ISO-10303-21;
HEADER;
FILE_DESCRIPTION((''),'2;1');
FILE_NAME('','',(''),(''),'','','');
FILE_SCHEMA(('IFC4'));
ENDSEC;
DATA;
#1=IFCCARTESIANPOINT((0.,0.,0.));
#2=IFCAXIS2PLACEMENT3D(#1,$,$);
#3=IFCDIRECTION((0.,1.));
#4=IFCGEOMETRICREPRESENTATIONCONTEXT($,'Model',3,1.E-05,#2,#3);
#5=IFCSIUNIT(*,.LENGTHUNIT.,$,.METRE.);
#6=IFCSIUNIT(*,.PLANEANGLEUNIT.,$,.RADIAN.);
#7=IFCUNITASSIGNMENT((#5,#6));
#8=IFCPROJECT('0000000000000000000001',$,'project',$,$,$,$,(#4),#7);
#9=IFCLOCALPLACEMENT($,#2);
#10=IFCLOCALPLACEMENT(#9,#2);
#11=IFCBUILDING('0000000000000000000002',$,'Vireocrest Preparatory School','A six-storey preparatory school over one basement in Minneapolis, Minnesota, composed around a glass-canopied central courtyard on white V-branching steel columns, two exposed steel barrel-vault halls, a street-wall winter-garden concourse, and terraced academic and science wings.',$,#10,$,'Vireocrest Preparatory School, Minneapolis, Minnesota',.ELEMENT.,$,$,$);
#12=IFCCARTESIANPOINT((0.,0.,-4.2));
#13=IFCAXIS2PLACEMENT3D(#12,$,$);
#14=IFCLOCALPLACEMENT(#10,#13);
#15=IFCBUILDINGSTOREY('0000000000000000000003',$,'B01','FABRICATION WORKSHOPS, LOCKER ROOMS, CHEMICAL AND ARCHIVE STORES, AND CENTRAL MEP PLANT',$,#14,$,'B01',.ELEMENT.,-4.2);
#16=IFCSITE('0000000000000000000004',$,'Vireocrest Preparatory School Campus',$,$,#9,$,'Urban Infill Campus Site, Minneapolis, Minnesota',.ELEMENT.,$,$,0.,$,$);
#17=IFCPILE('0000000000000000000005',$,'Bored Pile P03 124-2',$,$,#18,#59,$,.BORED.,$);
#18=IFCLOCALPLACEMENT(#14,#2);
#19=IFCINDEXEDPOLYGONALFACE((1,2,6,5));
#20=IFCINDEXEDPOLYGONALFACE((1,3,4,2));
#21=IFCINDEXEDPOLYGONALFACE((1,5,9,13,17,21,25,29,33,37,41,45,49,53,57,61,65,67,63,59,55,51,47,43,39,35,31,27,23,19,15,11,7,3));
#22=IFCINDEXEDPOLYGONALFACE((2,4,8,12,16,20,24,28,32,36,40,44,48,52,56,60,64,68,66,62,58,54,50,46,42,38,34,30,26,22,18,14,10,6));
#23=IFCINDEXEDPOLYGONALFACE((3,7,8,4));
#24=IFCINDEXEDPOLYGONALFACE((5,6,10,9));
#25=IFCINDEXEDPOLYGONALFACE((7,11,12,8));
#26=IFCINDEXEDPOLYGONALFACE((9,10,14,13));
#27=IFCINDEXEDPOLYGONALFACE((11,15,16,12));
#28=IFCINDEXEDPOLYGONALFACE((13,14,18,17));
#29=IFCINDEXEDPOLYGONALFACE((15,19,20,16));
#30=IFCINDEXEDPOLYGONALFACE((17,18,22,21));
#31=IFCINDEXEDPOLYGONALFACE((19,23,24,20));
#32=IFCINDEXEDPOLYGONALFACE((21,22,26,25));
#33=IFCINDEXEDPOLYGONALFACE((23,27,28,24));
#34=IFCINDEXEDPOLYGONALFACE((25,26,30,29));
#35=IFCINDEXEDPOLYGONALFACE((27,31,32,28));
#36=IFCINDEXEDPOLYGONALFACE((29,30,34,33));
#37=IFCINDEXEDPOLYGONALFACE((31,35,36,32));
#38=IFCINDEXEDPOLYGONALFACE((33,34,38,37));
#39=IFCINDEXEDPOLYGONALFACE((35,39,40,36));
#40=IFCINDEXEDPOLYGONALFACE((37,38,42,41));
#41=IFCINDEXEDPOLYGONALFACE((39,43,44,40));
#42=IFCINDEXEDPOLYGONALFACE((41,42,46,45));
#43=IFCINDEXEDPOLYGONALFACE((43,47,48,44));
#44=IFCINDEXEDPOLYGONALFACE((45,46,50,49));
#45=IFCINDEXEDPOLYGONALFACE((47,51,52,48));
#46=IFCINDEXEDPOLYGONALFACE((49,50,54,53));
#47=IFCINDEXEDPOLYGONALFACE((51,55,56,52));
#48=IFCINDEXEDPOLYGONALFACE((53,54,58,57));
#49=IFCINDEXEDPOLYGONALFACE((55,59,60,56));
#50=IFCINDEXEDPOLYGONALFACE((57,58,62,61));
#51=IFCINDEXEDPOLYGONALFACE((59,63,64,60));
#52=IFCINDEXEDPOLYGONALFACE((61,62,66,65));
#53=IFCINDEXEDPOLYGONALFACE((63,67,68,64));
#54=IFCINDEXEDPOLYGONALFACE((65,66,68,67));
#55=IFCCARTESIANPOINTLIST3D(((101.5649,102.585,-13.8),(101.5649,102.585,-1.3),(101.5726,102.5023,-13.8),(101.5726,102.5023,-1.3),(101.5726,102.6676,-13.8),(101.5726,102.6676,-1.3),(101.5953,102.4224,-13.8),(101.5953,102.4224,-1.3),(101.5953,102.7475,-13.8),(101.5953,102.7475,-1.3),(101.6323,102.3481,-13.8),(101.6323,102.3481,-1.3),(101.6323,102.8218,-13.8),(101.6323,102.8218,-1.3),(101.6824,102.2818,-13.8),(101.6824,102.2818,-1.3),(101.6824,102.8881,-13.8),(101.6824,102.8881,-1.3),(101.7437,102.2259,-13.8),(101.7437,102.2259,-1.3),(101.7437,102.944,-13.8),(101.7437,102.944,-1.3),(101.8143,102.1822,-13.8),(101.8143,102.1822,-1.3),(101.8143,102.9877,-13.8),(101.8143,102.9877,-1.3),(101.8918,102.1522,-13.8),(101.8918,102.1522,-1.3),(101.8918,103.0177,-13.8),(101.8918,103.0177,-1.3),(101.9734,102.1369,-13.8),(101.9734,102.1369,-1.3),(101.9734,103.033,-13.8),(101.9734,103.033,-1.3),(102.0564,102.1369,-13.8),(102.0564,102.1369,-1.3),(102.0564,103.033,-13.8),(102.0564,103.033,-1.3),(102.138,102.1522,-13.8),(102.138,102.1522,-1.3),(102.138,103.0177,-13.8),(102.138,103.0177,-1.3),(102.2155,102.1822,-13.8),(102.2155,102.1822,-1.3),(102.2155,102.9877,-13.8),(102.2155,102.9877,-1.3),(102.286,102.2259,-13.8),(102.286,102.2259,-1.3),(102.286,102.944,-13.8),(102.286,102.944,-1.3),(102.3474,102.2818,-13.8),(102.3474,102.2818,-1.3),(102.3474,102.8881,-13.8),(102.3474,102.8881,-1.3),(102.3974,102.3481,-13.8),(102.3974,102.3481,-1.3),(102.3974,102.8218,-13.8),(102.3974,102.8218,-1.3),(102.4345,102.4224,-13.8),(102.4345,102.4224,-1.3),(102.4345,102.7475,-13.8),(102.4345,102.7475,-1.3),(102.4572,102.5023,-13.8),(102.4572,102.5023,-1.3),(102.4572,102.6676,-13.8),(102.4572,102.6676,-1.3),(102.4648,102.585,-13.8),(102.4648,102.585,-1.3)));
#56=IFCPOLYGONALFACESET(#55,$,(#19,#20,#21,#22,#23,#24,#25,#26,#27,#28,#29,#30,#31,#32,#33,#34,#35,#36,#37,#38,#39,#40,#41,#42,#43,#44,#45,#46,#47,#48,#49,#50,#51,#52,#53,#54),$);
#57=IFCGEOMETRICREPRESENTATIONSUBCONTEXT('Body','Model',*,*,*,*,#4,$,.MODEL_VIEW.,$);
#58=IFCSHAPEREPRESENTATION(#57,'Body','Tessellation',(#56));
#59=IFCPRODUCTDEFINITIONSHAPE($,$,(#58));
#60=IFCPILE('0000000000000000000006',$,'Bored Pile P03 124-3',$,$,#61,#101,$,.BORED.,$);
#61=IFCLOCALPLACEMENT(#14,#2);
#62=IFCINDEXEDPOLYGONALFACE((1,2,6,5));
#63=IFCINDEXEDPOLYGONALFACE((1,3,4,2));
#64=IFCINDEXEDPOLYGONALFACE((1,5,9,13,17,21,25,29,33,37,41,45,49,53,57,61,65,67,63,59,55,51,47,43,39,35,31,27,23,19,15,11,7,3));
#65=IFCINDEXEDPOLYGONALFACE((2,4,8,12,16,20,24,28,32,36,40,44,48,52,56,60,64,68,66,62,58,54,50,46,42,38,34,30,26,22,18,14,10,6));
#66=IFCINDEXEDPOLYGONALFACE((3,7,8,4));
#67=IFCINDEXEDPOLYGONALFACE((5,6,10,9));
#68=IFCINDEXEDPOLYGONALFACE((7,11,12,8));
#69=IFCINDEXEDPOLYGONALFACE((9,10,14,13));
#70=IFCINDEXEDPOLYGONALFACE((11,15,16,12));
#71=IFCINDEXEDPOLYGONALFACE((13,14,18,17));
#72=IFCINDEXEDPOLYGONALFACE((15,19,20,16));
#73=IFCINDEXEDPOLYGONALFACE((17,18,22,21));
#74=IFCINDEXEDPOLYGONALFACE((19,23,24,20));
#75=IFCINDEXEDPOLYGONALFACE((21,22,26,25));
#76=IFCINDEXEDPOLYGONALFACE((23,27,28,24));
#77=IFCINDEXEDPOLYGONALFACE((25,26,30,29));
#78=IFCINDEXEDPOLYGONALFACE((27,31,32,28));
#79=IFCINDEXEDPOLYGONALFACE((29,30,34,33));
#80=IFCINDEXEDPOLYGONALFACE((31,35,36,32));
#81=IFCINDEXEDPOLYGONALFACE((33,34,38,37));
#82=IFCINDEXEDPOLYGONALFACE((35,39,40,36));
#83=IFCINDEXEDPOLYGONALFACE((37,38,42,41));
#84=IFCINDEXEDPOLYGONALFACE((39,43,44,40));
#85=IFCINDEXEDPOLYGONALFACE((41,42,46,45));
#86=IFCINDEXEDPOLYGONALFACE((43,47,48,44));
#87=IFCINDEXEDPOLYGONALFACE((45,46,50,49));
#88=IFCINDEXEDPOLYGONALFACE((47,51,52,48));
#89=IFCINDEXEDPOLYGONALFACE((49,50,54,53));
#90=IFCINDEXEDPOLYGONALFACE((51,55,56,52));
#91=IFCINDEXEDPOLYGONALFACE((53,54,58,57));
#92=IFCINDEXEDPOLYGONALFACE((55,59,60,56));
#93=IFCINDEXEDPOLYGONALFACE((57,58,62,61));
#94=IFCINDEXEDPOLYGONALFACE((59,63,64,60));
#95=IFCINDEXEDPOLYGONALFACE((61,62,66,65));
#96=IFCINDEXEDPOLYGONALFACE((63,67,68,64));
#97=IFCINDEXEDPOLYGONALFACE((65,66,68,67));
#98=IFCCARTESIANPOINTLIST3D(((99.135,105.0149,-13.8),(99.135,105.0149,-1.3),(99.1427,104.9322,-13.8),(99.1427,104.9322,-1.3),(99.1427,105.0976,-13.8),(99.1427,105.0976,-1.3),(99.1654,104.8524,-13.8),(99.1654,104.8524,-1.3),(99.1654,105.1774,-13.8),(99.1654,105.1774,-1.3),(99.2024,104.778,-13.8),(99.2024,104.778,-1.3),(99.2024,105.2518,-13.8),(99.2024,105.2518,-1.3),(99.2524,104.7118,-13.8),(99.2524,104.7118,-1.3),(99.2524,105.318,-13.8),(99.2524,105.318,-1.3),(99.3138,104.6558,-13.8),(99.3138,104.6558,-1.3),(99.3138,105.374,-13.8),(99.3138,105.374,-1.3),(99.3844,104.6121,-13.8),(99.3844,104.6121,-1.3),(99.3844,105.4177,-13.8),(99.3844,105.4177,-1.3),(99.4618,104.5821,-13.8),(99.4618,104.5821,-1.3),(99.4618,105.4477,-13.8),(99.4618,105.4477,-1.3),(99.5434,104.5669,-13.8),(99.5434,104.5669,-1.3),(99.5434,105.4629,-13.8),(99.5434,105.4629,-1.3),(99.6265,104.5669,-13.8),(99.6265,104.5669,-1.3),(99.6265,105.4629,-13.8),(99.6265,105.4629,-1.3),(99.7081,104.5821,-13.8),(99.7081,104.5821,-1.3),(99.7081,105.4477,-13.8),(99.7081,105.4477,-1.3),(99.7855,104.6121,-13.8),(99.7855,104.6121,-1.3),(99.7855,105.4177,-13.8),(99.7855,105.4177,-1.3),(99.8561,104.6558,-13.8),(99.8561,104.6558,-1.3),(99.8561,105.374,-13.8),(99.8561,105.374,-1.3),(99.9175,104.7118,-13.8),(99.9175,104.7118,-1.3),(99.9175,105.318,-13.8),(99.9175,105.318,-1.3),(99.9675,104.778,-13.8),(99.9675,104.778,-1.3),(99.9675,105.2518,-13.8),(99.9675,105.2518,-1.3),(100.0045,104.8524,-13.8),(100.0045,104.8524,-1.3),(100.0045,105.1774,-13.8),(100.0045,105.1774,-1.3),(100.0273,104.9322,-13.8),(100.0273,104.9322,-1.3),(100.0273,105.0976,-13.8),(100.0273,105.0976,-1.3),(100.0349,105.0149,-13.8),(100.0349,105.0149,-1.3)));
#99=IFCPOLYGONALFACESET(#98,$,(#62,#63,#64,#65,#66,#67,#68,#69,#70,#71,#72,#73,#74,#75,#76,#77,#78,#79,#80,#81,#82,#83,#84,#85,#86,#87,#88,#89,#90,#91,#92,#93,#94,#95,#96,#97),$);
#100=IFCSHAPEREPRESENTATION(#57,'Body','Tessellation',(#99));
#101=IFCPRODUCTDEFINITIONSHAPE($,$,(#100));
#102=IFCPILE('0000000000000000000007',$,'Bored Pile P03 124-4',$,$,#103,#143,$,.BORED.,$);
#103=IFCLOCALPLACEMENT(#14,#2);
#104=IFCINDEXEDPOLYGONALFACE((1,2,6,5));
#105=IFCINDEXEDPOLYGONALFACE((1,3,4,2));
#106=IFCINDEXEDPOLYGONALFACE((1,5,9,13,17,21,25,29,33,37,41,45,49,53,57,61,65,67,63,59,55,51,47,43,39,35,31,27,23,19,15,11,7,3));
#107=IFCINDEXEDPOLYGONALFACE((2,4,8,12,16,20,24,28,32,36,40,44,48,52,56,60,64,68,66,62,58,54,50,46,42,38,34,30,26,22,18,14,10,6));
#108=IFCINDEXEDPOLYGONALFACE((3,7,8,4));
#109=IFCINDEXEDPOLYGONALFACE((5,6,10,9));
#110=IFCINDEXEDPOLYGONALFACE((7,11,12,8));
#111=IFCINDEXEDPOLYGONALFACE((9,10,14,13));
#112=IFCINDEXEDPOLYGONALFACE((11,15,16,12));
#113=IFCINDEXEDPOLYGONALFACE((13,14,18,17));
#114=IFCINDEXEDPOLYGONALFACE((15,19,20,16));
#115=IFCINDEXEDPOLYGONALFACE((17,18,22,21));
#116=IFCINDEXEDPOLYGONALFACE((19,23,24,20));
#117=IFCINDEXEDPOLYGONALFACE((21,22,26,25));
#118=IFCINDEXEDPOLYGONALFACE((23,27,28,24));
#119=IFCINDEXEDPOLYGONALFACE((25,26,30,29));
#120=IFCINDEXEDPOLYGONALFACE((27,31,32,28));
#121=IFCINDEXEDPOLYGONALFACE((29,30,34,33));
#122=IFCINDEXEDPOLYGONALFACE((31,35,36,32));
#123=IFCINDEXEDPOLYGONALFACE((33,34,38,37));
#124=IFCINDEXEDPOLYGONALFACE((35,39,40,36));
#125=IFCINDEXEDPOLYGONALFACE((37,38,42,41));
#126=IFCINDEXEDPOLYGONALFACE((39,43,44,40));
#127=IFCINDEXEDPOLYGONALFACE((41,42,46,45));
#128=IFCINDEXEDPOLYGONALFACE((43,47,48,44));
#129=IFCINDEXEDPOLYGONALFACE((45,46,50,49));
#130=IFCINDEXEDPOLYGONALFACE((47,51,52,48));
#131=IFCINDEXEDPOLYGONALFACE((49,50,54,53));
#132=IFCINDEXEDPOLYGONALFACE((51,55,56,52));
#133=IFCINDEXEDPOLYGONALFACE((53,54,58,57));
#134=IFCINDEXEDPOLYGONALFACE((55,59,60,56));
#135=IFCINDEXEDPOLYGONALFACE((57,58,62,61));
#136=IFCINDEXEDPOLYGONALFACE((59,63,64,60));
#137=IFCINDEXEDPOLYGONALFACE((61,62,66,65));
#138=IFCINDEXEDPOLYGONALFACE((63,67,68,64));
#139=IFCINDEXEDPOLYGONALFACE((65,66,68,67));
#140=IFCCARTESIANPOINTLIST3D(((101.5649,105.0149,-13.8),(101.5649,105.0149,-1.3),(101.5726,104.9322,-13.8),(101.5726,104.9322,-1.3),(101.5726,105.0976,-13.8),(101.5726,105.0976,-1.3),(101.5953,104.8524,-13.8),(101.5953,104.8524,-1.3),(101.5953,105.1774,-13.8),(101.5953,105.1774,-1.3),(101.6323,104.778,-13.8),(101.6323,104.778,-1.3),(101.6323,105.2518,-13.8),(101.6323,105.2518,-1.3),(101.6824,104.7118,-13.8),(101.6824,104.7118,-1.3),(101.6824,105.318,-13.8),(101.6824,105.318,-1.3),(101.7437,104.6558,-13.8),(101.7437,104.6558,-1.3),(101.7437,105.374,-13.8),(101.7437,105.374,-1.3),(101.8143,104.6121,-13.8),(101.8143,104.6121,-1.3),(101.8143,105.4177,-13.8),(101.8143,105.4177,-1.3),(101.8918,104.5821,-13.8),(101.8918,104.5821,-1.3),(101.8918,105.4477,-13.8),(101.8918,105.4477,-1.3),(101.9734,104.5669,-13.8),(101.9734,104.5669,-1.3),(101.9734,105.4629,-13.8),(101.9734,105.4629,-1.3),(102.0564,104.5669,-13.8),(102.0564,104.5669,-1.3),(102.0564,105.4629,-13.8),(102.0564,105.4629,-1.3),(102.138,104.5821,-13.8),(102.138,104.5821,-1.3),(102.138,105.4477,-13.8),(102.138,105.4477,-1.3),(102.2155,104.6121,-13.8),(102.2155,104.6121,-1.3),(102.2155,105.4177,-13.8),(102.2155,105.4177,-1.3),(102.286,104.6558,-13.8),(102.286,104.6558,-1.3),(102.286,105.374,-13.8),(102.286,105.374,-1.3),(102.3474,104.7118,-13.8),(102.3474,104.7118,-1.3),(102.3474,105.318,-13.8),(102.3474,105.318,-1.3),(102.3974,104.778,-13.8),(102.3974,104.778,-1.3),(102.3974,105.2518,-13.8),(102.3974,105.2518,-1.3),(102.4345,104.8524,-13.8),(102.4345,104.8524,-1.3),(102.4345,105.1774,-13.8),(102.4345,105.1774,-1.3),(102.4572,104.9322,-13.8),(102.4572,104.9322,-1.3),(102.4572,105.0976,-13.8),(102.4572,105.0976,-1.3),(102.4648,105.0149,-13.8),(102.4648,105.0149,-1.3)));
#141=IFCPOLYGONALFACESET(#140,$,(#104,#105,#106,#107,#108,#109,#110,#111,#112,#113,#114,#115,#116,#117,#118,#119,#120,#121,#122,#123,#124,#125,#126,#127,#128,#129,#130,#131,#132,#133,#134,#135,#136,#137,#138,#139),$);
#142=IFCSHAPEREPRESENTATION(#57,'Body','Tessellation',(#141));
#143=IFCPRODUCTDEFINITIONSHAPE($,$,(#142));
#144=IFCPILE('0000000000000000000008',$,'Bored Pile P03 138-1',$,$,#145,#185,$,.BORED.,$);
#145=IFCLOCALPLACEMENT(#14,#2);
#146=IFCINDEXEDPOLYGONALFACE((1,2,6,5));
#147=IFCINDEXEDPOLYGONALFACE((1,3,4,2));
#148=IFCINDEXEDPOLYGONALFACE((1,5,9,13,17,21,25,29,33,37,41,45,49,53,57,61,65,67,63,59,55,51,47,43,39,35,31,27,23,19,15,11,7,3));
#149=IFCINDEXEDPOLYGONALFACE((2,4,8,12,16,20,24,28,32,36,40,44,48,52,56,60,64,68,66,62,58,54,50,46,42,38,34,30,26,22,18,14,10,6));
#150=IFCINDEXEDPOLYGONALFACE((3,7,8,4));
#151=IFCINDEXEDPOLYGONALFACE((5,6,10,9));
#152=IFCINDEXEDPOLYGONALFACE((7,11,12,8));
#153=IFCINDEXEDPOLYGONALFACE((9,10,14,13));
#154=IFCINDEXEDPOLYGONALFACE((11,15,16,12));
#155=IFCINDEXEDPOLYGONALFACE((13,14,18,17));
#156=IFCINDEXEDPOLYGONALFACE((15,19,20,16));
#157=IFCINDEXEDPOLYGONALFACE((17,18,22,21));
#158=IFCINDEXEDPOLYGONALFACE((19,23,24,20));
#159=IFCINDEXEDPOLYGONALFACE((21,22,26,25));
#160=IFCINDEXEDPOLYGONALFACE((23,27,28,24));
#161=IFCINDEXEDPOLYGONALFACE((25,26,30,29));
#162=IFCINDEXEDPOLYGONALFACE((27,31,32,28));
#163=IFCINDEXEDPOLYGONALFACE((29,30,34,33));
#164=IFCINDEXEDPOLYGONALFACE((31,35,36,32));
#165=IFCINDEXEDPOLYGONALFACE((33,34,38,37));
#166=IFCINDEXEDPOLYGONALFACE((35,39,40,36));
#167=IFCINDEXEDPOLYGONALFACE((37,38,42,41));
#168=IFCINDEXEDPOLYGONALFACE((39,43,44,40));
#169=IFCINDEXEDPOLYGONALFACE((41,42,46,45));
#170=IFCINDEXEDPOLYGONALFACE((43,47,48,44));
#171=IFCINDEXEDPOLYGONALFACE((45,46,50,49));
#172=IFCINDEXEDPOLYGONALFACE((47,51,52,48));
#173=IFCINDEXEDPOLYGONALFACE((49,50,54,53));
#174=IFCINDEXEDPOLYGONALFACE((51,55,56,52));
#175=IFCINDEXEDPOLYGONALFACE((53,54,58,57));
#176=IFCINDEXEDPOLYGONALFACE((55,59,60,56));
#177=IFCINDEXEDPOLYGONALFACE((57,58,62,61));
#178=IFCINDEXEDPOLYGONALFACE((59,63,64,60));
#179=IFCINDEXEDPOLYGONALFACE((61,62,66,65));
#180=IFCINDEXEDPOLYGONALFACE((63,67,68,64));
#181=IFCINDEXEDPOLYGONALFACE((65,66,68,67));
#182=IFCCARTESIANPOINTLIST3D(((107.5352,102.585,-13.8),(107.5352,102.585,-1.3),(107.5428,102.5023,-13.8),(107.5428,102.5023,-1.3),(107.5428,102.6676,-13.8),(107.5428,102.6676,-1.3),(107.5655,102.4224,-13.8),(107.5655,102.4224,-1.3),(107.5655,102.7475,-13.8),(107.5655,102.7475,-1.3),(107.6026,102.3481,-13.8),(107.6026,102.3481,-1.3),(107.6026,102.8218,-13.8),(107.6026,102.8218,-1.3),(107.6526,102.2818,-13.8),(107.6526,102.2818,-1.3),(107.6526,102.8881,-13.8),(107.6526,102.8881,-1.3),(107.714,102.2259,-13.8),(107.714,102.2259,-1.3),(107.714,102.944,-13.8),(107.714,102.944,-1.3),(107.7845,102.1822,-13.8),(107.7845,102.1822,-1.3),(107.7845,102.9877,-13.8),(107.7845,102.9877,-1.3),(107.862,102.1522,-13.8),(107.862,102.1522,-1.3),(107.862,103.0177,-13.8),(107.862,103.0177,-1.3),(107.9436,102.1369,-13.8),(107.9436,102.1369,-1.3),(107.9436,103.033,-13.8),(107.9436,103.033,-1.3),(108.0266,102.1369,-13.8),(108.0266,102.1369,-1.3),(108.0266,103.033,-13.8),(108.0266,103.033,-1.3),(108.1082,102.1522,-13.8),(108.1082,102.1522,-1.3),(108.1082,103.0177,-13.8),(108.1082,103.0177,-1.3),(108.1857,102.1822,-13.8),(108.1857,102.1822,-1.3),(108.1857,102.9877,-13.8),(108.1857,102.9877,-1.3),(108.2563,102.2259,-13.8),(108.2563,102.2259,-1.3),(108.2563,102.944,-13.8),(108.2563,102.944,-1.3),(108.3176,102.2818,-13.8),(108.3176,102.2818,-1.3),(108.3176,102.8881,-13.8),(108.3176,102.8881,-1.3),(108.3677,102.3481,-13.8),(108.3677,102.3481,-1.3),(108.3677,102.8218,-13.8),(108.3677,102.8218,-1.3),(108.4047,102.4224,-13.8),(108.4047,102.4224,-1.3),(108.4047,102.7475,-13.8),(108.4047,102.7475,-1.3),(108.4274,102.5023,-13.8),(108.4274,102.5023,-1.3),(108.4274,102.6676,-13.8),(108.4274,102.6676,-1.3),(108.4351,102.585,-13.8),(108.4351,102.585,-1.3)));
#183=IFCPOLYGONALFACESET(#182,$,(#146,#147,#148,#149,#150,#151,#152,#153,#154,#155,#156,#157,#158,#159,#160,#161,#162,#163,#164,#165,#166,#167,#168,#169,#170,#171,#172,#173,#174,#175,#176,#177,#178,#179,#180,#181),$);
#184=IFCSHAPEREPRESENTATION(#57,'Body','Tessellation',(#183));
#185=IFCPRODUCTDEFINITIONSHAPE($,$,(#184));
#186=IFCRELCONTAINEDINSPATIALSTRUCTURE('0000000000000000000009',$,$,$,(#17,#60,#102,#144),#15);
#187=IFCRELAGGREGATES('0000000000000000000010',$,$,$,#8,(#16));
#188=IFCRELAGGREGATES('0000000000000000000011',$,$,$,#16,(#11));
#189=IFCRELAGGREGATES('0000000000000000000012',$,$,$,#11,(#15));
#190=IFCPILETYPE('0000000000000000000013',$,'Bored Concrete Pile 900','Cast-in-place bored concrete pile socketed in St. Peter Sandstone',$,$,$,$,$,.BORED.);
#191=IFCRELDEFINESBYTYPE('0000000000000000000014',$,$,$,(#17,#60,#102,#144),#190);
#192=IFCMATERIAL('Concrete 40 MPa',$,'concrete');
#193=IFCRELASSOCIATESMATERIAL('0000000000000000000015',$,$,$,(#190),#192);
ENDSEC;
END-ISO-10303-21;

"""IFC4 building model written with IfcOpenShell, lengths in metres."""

from ifc_helpers import new_model, si_unit, direction, frame, origin, origin_2d, place, context, subcontext, project, spatial, circle, extrude, material, material_profile, profile_set, type_object, element, save


model = new_model("IFC4")

# Units and contexts
model_context = context("Model", 3, precision=1e-05, world=origin(), true_north=direction((0.0, 1.0)))
body_context = subcontext(model_context, "Body", "Model", "MODEL_VIEW")
ifc_project = project(units=[si_unit("LENGTHUNIT", "METRE"), si_unit("PLANEANGLEUNIT", "RADIAN")], contexts=[model_context])

# Site, building, storey
site_placement = place(None, origin())
site = spatial("IfcSite", under=ifc_project, at=site_placement, Name="Vireocrest Preparatory School Campus", LongName="Urban Infill Campus Site, Minneapolis, Minnesota", CompositionType="ELEMENT", RefElevation=0.0)
building_placement = place(site_placement, origin())
building = spatial("IfcBuilding", under=site, at=building_placement, Name="Vireocrest Preparatory School", Description="A six-storey preparatory school over one basement in Minneapolis, Minnesota, composed around a glass-canopied central courtyard on white V-branching steel columns, two exposed steel barrel-vault halls, a street-wall winter-garden concourse, and terraced academic and science wings.", LongName="Vireocrest Preparatory School, Minneapolis, Minnesota", CompositionType="ELEMENT")
storey_placement = place(building_placement, frame((0.0, 0.0, -4.2)))
storey = spatial("IfcBuildingStorey", under=building, at=storey_placement, Name="B01", Description="FABRICATION WORKSHOPS, LOCKER ROOMS, CHEMICAL AND ARCHIVE STORES, AND CENTRAL MEP PLANT", LongName="B01", CompositionType="ELEMENT", Elevation=-4.2)

# Piles
ifc_material_1 = material(Name="Concrete 40 MPa", Category="concrete")
ifc_material_profile_1 = material_profile(ifc_material_1, circle(Radius=0.45, at=origin_2d()), Name="BORED PILE 900")
ifc_profile_set_1 = profile_set([ifc_material_profile_1], Name="Concrete 40 MPa")
pile_type_1 = type_object("IfcPileType", Name="Bored Concrete Pile 900", Description="Cast-in-place bored concrete pile socketed in St. Peter Sandstone", PredefinedType="BORED", material=ifc_profile_set_1)
for number, where, z_axis, x_axis, name in (
    (1, (102.0149, 102.585, -1.3), (0.0, 0.0, -1.0), (1.0, 0.0, 0.0), "Bored Pile P03 124-2"),
    (2, (99.585, 105.0149, -1.3), (0.0, 0.0, -1.0), (1.0, 0.0, 0.0), "Bored Pile P03 124-3"),
    (3, (102.0149, 105.0149, -1.3), (0.0, 0.0, -1.0), (1.0, 0.0, 0.0), "Bored Pile P03 124-4"),
    (4, (107.9851, 102.585, -1.3), (0.0, 0.0, -1.0), (1.0, 0.0, 0.0), "Bored Pile P03 138-1"),
):
    element("IfcPile", number, at=place(storey_placement, frame(where, z_axis=z_axis, x_axis=x_axis)), inside=storey, type_object=pile_type_1, Name=name, PredefinedType="BORED", context=body_context, shape_type="SweptSolid", body=[
        extrude(circle(Radius=0.45, at=origin_2d()), origin(), (0.0, 0.0, 1.0), 12.5),
    ])

save(model, "model.ifc")
